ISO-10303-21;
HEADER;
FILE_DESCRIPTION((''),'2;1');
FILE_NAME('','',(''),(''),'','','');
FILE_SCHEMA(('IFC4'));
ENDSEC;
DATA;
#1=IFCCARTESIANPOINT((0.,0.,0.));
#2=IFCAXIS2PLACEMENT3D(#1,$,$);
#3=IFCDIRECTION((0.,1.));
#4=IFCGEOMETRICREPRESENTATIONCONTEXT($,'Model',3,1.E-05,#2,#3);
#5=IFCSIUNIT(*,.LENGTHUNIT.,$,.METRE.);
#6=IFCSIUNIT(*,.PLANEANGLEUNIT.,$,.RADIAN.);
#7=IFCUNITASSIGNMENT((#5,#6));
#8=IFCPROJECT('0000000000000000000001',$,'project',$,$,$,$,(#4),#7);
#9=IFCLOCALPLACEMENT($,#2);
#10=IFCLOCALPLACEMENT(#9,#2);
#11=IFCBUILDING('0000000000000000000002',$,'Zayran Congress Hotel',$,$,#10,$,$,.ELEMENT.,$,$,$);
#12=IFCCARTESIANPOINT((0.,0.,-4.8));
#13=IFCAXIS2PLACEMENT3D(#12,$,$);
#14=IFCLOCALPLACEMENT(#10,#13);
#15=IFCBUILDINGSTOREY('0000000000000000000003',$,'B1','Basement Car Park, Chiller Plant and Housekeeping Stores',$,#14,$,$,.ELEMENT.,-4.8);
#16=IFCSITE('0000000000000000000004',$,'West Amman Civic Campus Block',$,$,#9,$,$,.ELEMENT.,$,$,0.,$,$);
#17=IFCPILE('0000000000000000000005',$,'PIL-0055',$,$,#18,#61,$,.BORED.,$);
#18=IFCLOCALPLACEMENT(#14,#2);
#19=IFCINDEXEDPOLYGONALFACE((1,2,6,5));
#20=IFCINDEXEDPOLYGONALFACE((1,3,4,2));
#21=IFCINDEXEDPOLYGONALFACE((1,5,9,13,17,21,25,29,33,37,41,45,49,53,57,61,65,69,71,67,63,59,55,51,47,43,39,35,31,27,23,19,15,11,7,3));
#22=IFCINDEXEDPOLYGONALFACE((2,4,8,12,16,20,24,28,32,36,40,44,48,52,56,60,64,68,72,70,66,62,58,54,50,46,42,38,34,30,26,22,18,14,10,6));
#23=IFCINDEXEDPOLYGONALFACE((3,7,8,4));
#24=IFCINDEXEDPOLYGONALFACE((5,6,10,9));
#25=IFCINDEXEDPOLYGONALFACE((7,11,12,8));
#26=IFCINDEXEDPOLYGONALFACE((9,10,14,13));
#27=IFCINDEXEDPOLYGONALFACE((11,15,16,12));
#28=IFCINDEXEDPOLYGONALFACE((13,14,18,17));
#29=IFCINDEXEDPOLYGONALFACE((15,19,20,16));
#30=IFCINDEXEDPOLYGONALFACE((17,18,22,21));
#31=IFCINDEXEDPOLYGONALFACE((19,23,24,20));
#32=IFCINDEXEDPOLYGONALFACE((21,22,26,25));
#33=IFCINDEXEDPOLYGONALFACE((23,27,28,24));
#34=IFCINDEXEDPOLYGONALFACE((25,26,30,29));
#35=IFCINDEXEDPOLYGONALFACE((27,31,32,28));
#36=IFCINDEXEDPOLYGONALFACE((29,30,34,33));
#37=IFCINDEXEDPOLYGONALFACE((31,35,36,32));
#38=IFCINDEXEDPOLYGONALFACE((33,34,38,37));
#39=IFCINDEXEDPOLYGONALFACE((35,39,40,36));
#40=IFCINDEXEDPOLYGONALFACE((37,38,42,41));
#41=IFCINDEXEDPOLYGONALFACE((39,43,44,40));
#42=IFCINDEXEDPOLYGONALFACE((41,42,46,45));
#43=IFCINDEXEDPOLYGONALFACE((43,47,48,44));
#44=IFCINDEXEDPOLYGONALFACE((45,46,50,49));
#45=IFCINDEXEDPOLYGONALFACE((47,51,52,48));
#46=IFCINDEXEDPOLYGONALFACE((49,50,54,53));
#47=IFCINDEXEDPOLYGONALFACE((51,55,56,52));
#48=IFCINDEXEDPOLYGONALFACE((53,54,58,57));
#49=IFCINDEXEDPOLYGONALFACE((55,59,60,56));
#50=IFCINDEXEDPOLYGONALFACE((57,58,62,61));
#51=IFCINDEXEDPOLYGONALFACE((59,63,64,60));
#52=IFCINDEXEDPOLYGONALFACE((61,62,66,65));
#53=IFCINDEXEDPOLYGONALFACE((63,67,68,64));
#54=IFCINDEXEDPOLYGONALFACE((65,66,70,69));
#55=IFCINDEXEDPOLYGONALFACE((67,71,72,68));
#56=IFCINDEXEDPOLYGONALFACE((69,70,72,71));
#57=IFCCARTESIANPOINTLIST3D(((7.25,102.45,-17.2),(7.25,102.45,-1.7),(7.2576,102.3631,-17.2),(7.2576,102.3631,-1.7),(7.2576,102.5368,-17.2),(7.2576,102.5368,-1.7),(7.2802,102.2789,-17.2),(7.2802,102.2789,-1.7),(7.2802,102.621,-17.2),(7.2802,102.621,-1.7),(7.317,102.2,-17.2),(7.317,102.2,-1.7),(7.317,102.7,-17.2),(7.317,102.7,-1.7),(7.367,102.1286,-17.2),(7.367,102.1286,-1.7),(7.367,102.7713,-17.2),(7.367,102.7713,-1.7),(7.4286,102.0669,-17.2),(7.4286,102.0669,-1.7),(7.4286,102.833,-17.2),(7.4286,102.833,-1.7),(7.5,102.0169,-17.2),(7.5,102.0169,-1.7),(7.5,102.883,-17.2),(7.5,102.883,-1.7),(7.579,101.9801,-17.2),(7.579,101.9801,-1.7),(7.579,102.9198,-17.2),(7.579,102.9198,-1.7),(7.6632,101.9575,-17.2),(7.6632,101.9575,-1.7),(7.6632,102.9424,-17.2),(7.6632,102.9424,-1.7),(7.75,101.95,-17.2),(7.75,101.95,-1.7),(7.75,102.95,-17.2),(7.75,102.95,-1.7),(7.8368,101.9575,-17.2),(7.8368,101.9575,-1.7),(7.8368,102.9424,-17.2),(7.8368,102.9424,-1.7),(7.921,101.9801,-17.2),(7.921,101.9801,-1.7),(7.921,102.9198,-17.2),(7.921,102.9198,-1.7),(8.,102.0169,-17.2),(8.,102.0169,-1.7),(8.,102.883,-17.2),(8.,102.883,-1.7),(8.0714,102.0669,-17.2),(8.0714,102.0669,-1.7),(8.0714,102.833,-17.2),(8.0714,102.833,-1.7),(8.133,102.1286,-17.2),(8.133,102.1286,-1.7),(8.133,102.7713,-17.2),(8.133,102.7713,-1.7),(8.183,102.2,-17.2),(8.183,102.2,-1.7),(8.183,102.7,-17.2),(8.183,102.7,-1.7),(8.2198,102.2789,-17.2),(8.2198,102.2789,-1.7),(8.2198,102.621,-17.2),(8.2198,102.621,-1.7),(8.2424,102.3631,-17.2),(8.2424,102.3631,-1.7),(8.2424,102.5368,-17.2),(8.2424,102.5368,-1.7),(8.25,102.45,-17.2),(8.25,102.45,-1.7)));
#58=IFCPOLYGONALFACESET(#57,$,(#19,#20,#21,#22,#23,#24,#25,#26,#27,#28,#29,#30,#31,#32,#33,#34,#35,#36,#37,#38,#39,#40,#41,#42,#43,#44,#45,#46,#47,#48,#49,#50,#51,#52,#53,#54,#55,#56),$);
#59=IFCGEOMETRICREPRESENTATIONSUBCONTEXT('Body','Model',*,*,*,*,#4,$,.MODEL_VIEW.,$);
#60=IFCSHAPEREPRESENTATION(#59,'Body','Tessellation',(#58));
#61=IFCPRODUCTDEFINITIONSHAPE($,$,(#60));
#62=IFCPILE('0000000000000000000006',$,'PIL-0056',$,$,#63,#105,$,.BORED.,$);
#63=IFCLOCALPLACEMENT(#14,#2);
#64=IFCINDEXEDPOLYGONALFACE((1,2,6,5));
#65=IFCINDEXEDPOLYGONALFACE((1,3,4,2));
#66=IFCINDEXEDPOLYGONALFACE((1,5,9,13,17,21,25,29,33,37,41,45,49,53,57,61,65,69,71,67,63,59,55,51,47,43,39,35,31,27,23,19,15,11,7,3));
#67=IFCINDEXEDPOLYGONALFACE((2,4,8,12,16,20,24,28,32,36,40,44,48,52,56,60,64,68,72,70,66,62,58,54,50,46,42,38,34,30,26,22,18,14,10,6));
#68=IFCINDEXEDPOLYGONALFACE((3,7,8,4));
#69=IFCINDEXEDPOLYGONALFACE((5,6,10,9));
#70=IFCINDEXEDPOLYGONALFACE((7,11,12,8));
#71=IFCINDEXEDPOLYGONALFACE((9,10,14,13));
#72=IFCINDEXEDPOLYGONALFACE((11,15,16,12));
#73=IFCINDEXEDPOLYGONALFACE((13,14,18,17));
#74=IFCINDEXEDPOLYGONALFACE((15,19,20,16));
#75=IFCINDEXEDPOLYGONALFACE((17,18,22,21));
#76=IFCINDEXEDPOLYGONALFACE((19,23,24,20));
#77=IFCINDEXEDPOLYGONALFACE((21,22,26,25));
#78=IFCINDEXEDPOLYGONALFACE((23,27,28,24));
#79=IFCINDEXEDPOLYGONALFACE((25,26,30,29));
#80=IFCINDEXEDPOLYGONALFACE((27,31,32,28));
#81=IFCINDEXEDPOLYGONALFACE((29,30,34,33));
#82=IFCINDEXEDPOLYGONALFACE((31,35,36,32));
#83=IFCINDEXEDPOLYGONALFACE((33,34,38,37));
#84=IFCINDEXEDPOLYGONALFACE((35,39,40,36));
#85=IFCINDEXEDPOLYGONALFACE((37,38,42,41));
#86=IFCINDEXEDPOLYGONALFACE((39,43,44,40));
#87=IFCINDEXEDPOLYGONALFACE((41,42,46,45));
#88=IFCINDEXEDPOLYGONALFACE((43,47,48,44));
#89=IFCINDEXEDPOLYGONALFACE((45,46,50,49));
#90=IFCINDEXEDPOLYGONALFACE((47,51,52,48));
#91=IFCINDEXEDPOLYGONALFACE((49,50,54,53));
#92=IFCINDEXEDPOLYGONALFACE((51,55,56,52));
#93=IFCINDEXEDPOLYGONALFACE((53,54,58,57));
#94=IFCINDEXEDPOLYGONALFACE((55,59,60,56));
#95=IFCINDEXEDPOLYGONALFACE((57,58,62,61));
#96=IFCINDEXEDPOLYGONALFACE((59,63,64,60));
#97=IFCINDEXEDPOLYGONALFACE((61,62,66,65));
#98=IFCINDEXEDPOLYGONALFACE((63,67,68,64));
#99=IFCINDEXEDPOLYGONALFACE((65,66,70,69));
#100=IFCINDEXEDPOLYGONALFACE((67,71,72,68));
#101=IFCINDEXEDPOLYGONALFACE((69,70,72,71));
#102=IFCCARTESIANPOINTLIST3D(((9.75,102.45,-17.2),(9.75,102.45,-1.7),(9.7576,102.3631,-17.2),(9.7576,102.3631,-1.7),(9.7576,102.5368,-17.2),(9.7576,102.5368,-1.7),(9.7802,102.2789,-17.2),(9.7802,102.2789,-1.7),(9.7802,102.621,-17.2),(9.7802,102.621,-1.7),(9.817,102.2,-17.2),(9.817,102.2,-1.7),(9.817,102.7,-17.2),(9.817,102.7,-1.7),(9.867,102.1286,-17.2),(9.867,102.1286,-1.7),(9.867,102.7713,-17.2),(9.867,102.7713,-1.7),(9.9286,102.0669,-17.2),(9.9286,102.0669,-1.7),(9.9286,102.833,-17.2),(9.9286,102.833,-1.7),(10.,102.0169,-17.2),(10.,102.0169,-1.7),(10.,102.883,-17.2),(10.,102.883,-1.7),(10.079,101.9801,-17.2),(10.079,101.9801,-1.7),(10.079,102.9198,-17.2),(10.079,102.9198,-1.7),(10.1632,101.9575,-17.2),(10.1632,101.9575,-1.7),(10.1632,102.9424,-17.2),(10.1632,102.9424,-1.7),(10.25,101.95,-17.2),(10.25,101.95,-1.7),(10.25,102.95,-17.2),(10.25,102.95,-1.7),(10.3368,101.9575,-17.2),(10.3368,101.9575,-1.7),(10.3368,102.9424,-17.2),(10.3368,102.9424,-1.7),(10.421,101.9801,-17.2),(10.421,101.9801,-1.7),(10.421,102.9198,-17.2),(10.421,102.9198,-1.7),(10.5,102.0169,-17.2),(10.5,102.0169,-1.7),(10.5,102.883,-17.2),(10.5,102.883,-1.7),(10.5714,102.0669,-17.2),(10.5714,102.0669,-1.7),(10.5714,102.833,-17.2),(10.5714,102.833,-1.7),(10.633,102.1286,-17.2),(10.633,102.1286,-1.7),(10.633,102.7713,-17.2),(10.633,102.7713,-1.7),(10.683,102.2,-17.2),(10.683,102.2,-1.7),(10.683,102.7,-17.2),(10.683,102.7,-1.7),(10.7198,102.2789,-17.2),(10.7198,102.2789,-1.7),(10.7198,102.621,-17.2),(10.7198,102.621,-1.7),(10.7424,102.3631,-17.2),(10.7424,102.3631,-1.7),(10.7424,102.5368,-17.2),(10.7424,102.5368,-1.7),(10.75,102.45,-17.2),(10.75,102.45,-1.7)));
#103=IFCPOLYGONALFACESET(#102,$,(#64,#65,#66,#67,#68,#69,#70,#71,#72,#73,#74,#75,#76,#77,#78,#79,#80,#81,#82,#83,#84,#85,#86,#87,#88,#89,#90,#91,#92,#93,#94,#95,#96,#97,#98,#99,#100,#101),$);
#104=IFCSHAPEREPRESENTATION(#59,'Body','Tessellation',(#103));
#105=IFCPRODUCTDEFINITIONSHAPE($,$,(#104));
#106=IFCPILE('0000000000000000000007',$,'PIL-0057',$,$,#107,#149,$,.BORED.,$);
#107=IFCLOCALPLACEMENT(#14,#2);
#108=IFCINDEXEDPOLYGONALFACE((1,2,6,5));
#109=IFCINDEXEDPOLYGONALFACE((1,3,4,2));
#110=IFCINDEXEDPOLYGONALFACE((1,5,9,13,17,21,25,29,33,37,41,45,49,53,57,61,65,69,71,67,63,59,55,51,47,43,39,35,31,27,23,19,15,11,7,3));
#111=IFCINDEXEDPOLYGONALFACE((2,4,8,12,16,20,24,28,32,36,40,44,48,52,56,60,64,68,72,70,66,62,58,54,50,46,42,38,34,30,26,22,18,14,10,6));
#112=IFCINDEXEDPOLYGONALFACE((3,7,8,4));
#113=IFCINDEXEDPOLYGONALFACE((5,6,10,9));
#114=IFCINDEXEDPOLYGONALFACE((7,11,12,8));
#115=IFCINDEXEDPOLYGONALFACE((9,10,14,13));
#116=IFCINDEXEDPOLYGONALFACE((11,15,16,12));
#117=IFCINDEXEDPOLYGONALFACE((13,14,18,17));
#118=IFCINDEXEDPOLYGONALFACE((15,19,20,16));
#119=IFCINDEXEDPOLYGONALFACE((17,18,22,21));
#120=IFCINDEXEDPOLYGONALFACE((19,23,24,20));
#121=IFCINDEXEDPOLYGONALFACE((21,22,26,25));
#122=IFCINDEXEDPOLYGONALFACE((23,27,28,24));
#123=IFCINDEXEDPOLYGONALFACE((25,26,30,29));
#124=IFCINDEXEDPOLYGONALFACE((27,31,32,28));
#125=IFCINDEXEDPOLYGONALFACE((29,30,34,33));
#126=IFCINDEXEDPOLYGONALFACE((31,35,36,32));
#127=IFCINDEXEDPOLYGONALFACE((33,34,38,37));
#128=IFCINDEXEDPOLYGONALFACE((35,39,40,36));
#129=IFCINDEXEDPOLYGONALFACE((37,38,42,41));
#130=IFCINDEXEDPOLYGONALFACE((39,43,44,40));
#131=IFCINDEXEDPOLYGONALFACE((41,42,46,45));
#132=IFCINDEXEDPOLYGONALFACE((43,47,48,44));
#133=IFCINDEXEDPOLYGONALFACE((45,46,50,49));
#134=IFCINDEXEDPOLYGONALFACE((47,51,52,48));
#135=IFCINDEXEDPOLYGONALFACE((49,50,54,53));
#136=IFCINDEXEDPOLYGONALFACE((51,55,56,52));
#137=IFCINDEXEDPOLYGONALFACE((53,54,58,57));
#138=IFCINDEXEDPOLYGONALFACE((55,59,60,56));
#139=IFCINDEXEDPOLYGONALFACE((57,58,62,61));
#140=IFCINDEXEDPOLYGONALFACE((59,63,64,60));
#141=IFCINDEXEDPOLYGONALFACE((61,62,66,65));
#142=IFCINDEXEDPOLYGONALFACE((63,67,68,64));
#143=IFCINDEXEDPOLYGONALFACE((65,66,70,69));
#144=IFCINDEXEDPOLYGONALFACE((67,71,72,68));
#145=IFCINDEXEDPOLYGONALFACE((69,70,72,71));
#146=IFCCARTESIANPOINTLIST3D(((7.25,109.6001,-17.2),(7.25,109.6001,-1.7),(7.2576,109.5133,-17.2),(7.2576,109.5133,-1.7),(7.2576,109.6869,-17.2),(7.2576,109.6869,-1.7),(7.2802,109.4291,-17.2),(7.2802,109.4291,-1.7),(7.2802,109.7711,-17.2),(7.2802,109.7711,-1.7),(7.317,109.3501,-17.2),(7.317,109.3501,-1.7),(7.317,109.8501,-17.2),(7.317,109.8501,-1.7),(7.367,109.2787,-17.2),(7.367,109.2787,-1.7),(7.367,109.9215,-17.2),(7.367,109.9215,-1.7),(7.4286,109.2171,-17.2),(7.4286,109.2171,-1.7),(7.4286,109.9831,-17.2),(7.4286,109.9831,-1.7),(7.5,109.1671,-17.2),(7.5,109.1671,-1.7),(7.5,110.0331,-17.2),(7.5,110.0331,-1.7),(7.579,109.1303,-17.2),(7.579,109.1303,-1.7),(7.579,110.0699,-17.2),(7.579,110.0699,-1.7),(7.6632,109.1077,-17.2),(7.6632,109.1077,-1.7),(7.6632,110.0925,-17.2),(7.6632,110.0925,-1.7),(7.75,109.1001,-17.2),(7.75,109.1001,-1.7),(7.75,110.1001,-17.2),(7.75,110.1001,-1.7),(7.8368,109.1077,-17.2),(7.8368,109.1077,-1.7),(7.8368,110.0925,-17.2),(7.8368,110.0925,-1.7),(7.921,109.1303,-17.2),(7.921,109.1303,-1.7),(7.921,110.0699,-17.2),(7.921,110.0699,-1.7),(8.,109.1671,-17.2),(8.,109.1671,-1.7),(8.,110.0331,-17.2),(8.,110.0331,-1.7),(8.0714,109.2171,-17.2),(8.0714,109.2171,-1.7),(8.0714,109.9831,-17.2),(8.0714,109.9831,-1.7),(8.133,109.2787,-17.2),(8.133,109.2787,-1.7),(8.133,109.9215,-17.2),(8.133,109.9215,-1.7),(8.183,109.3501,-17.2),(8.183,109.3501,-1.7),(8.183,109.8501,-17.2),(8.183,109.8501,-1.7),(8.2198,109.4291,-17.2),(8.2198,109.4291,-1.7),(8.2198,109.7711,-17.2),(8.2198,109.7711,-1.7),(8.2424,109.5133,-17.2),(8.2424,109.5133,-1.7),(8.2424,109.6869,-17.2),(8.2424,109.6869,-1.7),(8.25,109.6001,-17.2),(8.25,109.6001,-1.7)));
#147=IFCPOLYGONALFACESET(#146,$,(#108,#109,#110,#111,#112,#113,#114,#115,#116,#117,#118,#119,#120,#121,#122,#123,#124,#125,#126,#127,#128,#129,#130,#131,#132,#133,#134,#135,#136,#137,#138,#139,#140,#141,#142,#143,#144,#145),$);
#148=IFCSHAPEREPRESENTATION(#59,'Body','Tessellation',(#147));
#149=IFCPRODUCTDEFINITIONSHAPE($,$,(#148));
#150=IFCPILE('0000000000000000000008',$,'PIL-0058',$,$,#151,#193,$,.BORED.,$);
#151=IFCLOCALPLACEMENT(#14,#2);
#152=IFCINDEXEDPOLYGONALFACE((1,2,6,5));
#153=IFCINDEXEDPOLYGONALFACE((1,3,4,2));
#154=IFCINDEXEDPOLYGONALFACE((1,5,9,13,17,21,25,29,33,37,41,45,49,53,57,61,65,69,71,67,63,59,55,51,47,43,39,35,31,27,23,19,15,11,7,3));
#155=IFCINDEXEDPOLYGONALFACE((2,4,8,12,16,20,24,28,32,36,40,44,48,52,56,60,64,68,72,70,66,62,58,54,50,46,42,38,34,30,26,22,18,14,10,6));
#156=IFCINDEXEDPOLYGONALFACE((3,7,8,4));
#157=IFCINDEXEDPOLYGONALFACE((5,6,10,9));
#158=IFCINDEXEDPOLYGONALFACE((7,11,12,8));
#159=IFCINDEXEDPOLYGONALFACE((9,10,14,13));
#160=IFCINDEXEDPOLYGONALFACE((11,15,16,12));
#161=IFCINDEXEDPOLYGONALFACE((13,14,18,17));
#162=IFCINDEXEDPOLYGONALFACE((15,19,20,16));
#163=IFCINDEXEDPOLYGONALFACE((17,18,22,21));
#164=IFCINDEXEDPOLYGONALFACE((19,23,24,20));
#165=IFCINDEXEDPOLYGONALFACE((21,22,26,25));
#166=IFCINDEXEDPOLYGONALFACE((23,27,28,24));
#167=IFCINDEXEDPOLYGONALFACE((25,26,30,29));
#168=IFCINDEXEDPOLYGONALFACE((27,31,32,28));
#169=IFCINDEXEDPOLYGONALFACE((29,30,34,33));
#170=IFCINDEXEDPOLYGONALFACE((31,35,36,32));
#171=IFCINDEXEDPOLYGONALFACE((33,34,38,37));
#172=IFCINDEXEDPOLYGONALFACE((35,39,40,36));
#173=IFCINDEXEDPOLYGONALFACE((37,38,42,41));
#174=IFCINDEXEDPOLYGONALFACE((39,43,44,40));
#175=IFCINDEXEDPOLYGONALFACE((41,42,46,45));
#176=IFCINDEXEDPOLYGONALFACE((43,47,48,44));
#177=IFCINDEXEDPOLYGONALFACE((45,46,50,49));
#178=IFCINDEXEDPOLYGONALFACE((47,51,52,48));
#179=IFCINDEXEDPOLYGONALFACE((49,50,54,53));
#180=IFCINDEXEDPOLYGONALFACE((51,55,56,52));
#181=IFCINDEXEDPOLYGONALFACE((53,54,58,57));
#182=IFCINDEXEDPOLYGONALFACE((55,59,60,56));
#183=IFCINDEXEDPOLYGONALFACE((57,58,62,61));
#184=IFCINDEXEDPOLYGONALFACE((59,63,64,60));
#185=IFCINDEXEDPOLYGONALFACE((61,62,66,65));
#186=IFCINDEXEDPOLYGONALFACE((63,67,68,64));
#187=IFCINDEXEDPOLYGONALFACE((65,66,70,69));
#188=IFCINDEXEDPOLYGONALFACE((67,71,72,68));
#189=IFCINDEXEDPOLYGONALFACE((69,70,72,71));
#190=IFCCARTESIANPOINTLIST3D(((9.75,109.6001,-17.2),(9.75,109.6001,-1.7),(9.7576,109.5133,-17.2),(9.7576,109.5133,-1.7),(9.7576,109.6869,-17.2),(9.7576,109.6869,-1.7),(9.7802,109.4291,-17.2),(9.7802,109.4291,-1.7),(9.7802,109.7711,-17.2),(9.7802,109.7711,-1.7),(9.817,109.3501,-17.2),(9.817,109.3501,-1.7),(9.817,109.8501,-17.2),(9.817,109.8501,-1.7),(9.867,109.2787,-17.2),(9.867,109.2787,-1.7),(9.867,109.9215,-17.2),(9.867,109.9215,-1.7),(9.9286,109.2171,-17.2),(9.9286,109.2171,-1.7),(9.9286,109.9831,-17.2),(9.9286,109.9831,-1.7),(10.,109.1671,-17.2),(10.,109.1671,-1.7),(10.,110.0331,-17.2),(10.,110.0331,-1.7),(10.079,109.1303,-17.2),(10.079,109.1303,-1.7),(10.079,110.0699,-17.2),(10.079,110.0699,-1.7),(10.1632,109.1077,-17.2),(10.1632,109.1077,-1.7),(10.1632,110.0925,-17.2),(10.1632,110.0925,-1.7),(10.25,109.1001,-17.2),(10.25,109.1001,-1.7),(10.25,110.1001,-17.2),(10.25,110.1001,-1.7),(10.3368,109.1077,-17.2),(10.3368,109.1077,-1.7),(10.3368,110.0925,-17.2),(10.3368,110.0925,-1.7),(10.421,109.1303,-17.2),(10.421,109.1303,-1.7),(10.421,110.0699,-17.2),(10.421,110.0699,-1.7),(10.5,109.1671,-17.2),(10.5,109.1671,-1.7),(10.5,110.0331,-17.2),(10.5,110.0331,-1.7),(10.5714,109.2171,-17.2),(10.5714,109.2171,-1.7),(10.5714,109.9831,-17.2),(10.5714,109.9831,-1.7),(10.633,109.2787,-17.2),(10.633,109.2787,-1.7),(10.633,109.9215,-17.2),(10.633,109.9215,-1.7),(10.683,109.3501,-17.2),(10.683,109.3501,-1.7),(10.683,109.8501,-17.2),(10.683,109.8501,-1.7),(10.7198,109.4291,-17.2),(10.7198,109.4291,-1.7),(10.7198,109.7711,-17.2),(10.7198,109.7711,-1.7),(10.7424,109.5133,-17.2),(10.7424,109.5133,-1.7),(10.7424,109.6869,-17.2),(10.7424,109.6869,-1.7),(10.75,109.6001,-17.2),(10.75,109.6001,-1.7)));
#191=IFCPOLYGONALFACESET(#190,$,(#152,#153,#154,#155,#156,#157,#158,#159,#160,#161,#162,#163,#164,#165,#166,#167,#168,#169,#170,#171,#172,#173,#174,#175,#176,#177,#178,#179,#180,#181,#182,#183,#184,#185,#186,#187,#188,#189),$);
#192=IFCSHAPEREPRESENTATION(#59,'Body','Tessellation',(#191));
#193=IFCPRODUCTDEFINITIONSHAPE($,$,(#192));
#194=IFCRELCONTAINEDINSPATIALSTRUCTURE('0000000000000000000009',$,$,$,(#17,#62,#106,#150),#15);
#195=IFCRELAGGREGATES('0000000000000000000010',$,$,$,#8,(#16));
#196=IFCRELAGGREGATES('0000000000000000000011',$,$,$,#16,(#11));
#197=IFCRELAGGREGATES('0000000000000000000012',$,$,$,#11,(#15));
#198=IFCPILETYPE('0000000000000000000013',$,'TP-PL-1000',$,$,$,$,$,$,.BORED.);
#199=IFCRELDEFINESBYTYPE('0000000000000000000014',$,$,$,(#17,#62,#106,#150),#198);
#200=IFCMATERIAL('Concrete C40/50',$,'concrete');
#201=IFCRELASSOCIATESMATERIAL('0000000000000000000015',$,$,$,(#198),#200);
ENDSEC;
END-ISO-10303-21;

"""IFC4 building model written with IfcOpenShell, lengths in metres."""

from ifc_helpers import new_model, si_unit, direction, frame, origin, origin_2d, place, context, subcontext, project, spatial, circle, extrude, material, material_profile, profile_set, type_object, element, save


model = new_model("IFC4")

# Units and contexts
model_context = context("Model", 3, precision=1e-05, world=origin(), true_north=direction((0.0, 1.0)))
body_context = subcontext(model_context, "Body", "Model", "MODEL_VIEW")
ifc_project = project(units=[si_unit("LENGTHUNIT", "METRE"), si_unit("PLANEANGLEUNIT", "RADIAN")], contexts=[model_context])

# Site, building, storey
site_placement = place(None, origin())
site = spatial("IfcSite", under=ifc_project, at=site_placement, Name="West Amman Civic Campus Block", CompositionType="ELEMENT", RefElevation=0.0)
building_placement = place(site_placement, origin())
building = spatial("IfcBuilding", under=site, at=building_placement, Name="Zayran Congress Hotel", CompositionType="ELEMENT")
storey_placement = place(building_placement, frame((0.0, 0.0, -4.8)))
storey = spatial("IfcBuildingStorey", under=building, at=storey_placement, Name="B1", Description="Basement Car Park, Chiller Plant and Housekeeping Stores", CompositionType="ELEMENT", Elevation=-4.8)

# Piles
ifc_material_1 = material(Name="Concrete C40/50", Category="concrete")
ifc_material_profile_1 = material_profile(ifc_material_1, circle(Radius=0.5, at=origin_2d()), Name="PILE D1000")
ifc_profile_set_1 = profile_set([ifc_material_profile_1], Name="Concrete C40/50")
pile_type = type_object("IfcPileType", Name="TP-PL-1000", PredefinedType="BORED", material=ifc_profile_set_1)
for number, where, z_axis, x_axis, name in (
    (1, (7.75, 102.45, -1.7), (0.0, 0.0, -1.0), (1.0, 0.0, 0.0), "PIL-0055"),
    (2, (10.25, 102.45, -1.7), (0.0, 0.0, -1.0), (1.0, 0.0, 0.0), "PIL-0056"),
    (3, (7.75, 109.6001, -1.7), (0.0, 0.0, -1.0), (1.0, 0.0, 0.0), "PIL-0057"),
    (4, (10.25, 109.6001, -1.7), (0.0, 0.0, -1.0), (1.0, 0.0, 0.0), "PIL-0058"),
):
    element("IfcPile", number, at=place(storey_placement, frame(where, z_axis=z_axis, x_axis=x_axis)), inside=storey, type_object=pile_type, Name=name, PredefinedType="BORED", context=body_context, shape_type="SweptSolid", body=[
        extrude(circle(Radius=0.5, at=origin_2d()), origin(), (0.0, 0.0, 1.0), 15.5),
    ])

save(model, "model.ifc")
